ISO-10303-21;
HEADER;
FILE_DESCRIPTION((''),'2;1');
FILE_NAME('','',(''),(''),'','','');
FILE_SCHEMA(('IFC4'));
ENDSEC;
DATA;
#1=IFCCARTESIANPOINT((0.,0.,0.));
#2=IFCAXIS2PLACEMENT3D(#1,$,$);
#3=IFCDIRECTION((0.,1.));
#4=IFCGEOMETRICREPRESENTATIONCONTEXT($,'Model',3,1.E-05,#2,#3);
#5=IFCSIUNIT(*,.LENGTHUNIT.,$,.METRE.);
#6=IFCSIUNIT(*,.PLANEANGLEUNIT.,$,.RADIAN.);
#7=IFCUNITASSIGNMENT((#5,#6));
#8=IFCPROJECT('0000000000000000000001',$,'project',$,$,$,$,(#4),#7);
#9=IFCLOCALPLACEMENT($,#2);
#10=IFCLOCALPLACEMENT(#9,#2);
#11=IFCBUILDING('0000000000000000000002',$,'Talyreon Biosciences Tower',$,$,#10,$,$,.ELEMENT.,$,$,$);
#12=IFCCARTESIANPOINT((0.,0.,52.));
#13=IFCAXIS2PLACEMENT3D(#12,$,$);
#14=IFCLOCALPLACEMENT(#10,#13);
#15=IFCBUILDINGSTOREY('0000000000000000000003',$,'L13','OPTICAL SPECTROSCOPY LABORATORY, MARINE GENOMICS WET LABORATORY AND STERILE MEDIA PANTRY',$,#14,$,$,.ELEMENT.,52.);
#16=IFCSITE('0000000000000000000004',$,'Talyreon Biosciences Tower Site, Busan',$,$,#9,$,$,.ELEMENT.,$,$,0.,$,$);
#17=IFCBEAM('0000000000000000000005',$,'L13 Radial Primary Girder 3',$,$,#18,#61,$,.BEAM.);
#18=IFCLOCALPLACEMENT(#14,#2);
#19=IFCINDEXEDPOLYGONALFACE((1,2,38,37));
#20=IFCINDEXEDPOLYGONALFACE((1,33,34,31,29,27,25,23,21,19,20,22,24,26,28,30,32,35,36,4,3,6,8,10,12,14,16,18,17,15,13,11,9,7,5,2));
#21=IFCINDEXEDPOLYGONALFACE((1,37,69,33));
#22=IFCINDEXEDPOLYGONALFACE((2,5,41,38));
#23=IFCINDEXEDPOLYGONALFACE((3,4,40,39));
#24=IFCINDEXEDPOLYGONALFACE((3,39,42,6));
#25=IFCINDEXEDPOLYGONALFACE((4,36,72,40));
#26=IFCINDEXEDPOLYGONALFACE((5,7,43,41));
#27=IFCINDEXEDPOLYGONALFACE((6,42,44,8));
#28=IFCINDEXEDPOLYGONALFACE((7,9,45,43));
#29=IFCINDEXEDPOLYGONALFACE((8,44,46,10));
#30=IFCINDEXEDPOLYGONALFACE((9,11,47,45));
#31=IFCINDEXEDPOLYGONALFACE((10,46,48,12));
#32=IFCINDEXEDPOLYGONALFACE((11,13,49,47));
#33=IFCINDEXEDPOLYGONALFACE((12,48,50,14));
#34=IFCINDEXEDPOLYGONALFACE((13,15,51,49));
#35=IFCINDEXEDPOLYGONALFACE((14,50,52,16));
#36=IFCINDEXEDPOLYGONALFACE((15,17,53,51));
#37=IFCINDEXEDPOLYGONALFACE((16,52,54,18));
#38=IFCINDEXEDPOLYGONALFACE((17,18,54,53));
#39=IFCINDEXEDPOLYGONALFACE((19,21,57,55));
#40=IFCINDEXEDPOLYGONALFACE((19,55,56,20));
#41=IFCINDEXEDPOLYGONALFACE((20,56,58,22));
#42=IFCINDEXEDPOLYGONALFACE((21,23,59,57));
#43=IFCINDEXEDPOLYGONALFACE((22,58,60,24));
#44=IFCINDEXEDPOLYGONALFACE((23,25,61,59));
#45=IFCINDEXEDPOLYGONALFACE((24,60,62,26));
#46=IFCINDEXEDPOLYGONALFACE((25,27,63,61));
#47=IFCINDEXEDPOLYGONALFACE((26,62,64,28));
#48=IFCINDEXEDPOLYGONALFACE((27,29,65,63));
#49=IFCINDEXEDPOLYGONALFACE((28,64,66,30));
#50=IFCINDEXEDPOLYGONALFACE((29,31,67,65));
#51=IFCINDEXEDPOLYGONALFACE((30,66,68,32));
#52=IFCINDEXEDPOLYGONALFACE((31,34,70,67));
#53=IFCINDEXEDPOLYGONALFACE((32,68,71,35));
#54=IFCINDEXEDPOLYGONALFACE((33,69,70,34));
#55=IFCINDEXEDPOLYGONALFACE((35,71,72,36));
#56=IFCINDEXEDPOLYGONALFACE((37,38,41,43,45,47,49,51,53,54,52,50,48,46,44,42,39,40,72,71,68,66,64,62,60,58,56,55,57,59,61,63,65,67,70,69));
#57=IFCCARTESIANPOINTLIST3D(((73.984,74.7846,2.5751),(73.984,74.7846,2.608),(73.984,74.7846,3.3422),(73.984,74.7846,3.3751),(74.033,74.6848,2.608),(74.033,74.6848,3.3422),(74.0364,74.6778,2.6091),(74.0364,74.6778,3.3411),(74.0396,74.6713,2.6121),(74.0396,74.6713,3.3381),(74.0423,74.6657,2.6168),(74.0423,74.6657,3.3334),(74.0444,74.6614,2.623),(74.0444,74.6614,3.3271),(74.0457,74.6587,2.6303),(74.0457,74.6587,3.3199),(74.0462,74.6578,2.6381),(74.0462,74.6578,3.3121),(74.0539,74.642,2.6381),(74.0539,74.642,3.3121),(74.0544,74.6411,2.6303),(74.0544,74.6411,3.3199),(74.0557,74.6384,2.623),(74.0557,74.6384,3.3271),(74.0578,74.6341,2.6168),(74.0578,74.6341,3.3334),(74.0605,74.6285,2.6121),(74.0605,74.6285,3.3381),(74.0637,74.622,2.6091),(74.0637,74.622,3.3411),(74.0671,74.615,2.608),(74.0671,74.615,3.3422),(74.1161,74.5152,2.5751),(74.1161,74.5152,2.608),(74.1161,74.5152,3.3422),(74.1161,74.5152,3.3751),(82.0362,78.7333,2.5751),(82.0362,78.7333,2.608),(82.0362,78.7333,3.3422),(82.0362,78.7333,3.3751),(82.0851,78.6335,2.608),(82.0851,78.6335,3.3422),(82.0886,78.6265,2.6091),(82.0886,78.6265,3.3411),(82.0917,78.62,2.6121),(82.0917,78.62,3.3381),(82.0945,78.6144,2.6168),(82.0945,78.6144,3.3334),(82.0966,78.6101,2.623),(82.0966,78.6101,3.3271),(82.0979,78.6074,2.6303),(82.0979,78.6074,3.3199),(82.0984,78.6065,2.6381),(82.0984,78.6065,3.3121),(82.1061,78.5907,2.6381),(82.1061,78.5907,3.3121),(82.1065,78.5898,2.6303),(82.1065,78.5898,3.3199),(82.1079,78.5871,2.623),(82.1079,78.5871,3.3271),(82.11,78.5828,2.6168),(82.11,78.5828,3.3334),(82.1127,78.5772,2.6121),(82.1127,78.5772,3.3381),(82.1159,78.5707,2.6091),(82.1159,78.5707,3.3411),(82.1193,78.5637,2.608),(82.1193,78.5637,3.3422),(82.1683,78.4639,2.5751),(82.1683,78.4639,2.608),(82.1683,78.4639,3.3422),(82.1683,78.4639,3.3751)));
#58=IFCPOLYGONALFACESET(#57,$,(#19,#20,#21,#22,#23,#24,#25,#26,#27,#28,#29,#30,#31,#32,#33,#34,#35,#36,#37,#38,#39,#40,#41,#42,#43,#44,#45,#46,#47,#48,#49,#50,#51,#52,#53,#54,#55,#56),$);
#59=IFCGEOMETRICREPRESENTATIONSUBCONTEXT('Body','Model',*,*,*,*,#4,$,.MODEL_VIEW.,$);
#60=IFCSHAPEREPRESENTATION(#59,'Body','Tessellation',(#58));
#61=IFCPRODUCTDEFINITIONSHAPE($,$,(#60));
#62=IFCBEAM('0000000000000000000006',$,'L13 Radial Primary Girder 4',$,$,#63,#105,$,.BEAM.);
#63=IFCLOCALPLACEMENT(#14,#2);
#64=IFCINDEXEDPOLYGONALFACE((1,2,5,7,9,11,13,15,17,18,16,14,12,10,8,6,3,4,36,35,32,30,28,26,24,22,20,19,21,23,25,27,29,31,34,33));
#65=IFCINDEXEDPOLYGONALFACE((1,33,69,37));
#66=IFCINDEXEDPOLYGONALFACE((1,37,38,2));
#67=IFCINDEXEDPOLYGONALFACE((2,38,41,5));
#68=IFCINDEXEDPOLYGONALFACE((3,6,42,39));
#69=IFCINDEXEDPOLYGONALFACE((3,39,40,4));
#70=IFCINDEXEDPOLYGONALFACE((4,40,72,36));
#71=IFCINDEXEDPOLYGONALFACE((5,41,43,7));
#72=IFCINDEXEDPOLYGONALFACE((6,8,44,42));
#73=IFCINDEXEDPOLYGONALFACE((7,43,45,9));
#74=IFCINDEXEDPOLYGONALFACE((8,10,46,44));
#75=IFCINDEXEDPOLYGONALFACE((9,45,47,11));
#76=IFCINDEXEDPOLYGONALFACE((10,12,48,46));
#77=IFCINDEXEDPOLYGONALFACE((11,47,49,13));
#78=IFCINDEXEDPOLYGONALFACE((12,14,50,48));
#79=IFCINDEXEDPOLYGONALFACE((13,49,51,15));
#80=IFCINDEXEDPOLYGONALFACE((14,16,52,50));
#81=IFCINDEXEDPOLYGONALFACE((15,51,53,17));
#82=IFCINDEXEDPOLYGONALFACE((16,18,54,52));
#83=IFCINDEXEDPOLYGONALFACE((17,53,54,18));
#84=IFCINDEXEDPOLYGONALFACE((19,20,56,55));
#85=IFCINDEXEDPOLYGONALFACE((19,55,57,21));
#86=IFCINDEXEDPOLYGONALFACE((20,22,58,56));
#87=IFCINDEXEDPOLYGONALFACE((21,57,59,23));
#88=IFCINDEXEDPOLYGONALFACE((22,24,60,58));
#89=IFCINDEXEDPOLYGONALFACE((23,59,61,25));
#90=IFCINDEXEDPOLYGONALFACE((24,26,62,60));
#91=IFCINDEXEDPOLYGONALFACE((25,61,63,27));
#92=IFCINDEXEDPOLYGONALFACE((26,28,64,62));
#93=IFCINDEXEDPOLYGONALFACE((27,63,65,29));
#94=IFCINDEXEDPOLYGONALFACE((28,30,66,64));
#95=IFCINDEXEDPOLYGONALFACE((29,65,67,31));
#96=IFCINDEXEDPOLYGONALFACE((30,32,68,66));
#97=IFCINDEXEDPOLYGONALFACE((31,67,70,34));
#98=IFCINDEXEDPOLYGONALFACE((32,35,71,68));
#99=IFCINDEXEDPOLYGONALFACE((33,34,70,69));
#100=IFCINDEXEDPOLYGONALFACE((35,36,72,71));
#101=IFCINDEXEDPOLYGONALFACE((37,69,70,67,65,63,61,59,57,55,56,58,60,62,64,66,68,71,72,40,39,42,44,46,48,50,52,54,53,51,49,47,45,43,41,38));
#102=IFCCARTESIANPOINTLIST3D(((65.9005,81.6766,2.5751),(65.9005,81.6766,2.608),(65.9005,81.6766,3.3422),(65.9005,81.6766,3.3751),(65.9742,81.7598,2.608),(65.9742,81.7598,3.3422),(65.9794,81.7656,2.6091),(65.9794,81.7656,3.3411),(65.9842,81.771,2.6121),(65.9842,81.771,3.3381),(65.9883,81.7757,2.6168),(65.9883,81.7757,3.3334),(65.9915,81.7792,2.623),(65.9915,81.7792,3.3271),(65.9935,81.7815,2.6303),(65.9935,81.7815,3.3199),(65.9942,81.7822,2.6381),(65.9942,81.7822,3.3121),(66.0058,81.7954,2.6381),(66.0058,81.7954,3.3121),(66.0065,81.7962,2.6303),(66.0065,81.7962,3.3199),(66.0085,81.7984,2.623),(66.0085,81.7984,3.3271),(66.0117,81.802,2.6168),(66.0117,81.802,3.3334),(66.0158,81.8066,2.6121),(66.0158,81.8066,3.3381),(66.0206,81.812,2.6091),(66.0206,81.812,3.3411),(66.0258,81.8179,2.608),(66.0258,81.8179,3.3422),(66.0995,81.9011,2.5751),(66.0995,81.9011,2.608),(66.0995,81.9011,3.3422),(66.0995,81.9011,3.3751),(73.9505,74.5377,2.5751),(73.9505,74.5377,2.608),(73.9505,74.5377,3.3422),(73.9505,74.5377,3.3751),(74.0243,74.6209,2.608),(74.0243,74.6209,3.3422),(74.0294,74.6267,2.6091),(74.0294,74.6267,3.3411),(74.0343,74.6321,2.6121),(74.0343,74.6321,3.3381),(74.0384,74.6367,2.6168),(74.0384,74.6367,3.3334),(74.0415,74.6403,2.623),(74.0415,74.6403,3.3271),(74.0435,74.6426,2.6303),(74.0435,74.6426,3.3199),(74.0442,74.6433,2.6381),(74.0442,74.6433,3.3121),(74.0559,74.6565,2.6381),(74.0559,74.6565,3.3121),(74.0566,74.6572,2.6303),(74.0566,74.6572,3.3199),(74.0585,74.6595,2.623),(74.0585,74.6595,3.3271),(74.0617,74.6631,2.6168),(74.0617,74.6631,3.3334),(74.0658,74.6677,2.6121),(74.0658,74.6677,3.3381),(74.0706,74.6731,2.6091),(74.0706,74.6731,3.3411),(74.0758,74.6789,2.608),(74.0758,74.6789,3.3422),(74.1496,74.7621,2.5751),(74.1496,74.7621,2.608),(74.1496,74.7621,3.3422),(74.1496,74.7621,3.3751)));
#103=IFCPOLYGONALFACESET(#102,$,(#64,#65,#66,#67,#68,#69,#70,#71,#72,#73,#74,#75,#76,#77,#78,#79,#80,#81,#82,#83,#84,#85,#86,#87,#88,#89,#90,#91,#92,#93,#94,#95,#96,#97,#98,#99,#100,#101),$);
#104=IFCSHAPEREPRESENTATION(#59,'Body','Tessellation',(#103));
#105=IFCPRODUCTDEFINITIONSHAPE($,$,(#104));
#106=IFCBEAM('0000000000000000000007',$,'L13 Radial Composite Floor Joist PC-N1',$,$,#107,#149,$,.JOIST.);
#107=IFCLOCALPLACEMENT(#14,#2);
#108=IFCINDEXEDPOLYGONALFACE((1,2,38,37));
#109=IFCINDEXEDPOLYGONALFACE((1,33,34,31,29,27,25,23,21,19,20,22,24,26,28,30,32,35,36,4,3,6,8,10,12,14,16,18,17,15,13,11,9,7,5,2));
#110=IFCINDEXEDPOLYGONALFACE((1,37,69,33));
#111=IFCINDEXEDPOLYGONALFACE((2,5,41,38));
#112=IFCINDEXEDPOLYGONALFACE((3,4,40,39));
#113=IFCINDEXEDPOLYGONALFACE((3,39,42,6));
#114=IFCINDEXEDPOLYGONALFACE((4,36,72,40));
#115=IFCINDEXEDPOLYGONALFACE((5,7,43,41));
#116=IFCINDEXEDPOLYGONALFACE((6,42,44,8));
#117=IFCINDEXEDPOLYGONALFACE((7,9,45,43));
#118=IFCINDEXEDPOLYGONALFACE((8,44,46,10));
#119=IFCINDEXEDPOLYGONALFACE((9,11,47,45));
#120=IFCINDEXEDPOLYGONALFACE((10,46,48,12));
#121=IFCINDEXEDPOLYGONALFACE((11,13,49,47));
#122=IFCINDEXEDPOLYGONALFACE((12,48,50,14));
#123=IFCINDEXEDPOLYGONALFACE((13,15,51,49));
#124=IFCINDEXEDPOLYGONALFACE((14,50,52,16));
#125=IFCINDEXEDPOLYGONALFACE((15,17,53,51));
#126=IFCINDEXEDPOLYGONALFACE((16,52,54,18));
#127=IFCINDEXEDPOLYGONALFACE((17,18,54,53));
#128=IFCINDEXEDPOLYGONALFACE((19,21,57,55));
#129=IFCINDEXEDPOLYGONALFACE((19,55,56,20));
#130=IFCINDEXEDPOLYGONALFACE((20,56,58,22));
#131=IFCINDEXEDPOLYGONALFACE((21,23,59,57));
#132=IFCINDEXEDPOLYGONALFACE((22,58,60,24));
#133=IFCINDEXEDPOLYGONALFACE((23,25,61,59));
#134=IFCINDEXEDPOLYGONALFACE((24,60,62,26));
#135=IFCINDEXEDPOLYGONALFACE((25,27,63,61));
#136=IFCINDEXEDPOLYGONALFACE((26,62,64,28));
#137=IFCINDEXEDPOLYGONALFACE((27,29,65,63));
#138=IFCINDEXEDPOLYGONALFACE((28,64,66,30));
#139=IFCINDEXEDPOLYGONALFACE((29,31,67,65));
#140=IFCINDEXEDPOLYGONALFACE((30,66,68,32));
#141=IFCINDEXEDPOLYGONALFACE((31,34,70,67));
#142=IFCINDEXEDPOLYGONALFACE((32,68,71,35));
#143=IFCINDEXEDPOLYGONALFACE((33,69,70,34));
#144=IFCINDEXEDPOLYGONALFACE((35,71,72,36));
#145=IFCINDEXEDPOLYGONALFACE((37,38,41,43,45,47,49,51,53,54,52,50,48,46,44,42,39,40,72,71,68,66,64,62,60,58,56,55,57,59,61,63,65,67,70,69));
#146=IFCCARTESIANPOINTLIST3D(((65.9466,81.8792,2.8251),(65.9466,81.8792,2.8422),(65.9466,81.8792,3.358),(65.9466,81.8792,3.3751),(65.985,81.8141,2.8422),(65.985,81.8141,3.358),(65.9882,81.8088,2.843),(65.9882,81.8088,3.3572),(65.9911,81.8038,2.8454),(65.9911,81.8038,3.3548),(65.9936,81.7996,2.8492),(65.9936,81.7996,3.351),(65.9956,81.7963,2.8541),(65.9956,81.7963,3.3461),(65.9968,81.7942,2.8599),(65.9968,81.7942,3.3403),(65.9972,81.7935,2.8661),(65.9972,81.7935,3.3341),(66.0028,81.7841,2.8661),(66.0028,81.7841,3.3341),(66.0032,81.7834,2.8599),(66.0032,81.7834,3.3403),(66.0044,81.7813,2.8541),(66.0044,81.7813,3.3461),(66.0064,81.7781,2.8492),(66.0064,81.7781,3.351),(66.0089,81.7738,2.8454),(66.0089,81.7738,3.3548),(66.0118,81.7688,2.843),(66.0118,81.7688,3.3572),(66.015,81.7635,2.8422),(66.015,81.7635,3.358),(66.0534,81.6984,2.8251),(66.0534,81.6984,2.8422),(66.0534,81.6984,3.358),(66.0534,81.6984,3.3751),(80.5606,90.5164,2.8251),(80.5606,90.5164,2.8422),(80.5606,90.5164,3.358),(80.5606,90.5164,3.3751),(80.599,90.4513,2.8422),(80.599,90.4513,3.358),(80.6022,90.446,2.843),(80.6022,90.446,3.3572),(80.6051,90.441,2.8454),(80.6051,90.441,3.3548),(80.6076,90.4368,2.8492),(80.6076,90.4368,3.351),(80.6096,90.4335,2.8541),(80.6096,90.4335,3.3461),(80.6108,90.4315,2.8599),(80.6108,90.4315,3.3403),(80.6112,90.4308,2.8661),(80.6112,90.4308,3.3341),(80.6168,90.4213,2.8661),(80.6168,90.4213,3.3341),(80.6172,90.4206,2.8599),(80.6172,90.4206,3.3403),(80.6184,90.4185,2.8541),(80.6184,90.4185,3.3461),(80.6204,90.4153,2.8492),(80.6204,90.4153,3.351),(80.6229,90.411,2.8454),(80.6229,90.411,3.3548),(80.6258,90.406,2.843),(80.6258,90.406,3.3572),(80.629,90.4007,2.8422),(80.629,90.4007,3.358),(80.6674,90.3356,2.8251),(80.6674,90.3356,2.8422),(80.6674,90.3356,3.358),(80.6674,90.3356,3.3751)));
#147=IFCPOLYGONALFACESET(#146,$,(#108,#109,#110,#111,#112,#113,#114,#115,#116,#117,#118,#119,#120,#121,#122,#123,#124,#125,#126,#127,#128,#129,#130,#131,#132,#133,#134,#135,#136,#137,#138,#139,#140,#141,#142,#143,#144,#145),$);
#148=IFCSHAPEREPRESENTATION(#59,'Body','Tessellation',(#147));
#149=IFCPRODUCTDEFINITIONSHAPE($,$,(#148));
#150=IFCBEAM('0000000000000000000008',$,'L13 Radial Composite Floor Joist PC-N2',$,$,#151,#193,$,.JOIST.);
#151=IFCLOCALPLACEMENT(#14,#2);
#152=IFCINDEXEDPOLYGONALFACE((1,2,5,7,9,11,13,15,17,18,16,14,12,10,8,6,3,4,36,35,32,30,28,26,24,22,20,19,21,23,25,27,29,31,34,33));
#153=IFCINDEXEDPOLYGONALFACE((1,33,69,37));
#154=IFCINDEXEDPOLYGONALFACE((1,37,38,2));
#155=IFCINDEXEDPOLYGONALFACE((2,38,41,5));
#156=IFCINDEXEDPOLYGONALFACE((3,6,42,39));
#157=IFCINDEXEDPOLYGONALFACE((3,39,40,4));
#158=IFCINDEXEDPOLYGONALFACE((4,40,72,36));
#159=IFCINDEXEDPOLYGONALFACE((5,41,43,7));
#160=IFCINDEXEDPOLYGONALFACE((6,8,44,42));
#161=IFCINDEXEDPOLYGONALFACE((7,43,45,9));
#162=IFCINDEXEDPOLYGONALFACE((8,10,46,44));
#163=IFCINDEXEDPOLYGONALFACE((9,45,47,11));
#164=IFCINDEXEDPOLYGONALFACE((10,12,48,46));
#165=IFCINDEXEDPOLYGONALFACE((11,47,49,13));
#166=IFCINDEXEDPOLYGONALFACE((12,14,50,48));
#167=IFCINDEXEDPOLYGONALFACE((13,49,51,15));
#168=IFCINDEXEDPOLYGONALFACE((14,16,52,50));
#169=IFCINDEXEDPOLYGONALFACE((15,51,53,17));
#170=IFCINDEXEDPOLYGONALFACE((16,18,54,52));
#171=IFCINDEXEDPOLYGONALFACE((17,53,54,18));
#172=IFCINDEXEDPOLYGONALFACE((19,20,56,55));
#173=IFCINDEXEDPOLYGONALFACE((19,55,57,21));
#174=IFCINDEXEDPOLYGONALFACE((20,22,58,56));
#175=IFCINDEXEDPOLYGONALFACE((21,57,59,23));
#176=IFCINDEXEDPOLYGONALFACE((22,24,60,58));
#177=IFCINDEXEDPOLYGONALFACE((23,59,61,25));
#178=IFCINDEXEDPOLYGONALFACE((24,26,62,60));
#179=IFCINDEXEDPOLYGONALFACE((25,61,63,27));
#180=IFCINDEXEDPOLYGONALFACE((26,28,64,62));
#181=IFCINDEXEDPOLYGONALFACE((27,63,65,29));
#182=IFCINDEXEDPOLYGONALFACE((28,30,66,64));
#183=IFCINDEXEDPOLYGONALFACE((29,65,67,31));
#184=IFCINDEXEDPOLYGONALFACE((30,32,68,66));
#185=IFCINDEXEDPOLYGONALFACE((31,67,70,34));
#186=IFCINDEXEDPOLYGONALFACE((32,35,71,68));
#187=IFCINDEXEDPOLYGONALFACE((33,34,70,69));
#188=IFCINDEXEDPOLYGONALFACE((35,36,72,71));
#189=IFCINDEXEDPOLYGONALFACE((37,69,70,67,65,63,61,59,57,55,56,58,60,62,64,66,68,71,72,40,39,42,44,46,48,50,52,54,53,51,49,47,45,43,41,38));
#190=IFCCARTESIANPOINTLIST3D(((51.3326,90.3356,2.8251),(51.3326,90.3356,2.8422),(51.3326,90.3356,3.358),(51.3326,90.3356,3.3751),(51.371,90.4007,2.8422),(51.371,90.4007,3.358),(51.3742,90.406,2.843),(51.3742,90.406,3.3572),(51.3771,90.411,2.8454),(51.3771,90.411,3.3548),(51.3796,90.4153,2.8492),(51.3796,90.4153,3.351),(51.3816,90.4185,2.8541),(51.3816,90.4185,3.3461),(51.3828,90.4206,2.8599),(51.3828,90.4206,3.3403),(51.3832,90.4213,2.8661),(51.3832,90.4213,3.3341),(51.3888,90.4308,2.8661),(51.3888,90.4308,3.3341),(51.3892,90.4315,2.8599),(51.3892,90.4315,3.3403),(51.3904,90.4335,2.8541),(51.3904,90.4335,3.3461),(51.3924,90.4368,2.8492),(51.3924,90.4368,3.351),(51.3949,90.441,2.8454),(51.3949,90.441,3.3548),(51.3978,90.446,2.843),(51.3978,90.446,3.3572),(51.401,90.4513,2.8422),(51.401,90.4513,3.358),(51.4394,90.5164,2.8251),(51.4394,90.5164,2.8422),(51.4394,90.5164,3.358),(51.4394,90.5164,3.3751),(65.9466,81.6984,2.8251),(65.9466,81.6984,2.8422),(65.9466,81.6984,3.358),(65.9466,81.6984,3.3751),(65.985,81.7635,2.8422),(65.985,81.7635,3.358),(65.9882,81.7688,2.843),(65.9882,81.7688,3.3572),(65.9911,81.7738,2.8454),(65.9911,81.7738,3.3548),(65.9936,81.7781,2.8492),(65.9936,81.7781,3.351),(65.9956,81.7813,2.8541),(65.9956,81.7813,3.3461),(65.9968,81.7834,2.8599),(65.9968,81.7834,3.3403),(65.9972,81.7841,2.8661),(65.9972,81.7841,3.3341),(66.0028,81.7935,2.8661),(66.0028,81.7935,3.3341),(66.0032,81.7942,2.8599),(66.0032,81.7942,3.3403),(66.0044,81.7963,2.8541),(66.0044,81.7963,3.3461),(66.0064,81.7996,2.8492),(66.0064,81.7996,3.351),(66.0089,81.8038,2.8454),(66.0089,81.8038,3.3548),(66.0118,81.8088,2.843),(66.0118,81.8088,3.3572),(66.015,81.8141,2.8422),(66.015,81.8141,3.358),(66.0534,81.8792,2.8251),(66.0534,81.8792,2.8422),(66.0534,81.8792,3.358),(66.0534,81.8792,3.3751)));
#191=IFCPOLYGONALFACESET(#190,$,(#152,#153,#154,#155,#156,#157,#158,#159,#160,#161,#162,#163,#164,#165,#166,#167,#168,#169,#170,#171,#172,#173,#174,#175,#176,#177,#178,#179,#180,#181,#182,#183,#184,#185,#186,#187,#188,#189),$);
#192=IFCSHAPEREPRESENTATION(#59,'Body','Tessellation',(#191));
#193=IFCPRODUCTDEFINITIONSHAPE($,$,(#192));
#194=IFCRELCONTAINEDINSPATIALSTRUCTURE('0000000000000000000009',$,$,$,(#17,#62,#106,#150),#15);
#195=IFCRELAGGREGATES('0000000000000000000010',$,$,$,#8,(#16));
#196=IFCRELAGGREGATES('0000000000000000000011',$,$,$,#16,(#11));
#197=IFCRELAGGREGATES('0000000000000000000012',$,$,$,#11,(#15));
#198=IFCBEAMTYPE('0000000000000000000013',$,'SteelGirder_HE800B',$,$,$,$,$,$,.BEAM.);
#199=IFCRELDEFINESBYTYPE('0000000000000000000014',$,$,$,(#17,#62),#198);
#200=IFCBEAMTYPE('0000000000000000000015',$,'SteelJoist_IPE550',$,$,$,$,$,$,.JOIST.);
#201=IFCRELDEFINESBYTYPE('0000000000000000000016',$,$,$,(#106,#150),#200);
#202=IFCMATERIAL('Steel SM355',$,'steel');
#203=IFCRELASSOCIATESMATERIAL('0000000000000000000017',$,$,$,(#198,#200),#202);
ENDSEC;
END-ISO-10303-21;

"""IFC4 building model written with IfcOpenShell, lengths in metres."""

from ifc_helpers import new_model, si_unit, direction, frame, origin, origin_2d, place, context, subcontext, project, spatial, i_section, extrude, material, material_profile, profile_set, type_object, element, save


model = new_model("IFC4")

# Units and contexts
model_context = context("Model", 3, precision=1e-05, world=origin(), true_north=direction((0.0, 1.0)))
body_context = subcontext(model_context, "Body", "Model", "MODEL_VIEW")
ifc_project = project(units=[si_unit("LENGTHUNIT", "METRE"), si_unit("PLANEANGLEUNIT", "RADIAN")], contexts=[model_context])

# Site, building, storey
site_placement = place(None, origin())
site = spatial("IfcSite", under=ifc_project, at=site_placement, Name="Talyreon Biosciences Tower Site, Busan", CompositionType="ELEMENT", RefElevation=0.0)
building_placement = place(site_placement, origin())
building = spatial("IfcBuilding", under=site, at=building_placement, Name="Talyreon Biosciences Tower", CompositionType="ELEMENT")
storey_placement = place(building_placement, frame((0.0, 0.0, 52.0)))
storey = spatial("IfcBuildingStorey", under=building, at=storey_placement, Name="L13", Description="OPTICAL SPECTROSCOPY LABORATORY, MARINE GENOMICS WET LABORATORY AND STERILE MEDIA PANTRY", CompositionType="ELEMENT", Elevation=52.0)

# Beams
ifc_material_1 = material(Name="Steel SM355", Category="steel")
ifc_material_profile_1 = material_profile(ifc_material_1, i_section(OverallWidth=0.3, OverallDepth=0.8, WebThickness=0.0176, FlangeThickness=0.033, FilletRadius=0.03, at=origin_2d()), Name="HE800B")
ifc_profile_set_1 = profile_set([ifc_material_profile_1], Name="Steel SM355")
beam_type_1 = type_object("IfcBeamType", Name="SteelGirder_HE800B", PredefinedType="BEAM", material=ifc_profile_set_1)
beam_1_placement = place(storey_placement, frame((74.05, 74.6499, 2.9751), z_axis=(0.897852, 0.440297, 0.0), x_axis=(-0.440297, 0.897852, 0.0)))
element("IfcBeam", 1, at=beam_1_placement, inside=storey, type_object=beam_type_1, Name="L13 Radial Primary Girder 3", PredefinedType="BEAM", context=body_context, shape_type="SweptSolid", body=[
    extrude(i_section(OverallWidth=0.3, OverallDepth=0.8, WebThickness=0.0176, FlangeThickness=0.033, FilletRadius=0.03, at=origin_2d()), origin(), (0.0, 0.0, 1.0), 8.9683),
])
beam_2_placement = place(storey_placement, frame((74.05, 74.6499, 2.9751), z_axis=(-0.748179, 0.663497, 0.0), x_axis=(-0.663497, -0.748179, 0.0)))
element("IfcBeam", 2, at=beam_2_placement, inside=storey, type_object=beam_type_1, Name="L13 Radial Primary Girder 4", PredefinedType="BEAM", context=body_context, shape_type="SweptSolid", body=[
    extrude(i_section(OverallWidth=0.3, OverallDepth=0.8, WebThickness=0.0176, FlangeThickness=0.033, FilletRadius=0.03, at=origin_2d()), origin(), (0.0, 0.0, 1.0), 10.7595),
])
ifc_material_profile_2 = material_profile(ifc_material_1, i_section(OverallWidth=0.21, OverallDepth=0.55, WebThickness=0.011, FlangeThickness=0.0171, FilletRadius=0.0239, at=origin_2d()), Name="IPE550")
ifc_profile_set_2 = profile_set([ifc_material_profile_2], Name="Steel SM355")
beam_type_2 = type_object("IfcBeamType", Name="SteelJoist_IPE550", PredefinedType="JOIST", material=ifc_profile_set_2)
for number, where, z_axis, x_axis, name in (
    (3, (66.0, 81.7888, 3.1001), (0.860884, 0.508802, 0.0), (-0.508802, 0.860884, 0.0), "L13 Radial Composite Floor Joist PC-N1"),
    (4, (66.0, 81.7888, 3.1001), (-0.860884, 0.508802, 0.0), (-0.508802, -0.860884, 0.0), "L13 Radial Composite Floor Joist PC-N2"),
):
    element("IfcBeam", number, at=place(storey_placement, frame(where, z_axis=z_axis, x_axis=x_axis)), inside=storey, type_object=beam_type_2, Name=name, PredefinedType="JOIST", context=body_context, shape_type="SweptSolid", body=[
        extrude(i_section(OverallWidth=0.21, OverallDepth=0.55, WebThickness=0.011, FlangeThickness=0.0171, FilletRadius=0.0239, at=origin_2d()), origin(), (0.0, 0.0, 1.0), 16.9756),
    ])

save(model, "model.ifc")
